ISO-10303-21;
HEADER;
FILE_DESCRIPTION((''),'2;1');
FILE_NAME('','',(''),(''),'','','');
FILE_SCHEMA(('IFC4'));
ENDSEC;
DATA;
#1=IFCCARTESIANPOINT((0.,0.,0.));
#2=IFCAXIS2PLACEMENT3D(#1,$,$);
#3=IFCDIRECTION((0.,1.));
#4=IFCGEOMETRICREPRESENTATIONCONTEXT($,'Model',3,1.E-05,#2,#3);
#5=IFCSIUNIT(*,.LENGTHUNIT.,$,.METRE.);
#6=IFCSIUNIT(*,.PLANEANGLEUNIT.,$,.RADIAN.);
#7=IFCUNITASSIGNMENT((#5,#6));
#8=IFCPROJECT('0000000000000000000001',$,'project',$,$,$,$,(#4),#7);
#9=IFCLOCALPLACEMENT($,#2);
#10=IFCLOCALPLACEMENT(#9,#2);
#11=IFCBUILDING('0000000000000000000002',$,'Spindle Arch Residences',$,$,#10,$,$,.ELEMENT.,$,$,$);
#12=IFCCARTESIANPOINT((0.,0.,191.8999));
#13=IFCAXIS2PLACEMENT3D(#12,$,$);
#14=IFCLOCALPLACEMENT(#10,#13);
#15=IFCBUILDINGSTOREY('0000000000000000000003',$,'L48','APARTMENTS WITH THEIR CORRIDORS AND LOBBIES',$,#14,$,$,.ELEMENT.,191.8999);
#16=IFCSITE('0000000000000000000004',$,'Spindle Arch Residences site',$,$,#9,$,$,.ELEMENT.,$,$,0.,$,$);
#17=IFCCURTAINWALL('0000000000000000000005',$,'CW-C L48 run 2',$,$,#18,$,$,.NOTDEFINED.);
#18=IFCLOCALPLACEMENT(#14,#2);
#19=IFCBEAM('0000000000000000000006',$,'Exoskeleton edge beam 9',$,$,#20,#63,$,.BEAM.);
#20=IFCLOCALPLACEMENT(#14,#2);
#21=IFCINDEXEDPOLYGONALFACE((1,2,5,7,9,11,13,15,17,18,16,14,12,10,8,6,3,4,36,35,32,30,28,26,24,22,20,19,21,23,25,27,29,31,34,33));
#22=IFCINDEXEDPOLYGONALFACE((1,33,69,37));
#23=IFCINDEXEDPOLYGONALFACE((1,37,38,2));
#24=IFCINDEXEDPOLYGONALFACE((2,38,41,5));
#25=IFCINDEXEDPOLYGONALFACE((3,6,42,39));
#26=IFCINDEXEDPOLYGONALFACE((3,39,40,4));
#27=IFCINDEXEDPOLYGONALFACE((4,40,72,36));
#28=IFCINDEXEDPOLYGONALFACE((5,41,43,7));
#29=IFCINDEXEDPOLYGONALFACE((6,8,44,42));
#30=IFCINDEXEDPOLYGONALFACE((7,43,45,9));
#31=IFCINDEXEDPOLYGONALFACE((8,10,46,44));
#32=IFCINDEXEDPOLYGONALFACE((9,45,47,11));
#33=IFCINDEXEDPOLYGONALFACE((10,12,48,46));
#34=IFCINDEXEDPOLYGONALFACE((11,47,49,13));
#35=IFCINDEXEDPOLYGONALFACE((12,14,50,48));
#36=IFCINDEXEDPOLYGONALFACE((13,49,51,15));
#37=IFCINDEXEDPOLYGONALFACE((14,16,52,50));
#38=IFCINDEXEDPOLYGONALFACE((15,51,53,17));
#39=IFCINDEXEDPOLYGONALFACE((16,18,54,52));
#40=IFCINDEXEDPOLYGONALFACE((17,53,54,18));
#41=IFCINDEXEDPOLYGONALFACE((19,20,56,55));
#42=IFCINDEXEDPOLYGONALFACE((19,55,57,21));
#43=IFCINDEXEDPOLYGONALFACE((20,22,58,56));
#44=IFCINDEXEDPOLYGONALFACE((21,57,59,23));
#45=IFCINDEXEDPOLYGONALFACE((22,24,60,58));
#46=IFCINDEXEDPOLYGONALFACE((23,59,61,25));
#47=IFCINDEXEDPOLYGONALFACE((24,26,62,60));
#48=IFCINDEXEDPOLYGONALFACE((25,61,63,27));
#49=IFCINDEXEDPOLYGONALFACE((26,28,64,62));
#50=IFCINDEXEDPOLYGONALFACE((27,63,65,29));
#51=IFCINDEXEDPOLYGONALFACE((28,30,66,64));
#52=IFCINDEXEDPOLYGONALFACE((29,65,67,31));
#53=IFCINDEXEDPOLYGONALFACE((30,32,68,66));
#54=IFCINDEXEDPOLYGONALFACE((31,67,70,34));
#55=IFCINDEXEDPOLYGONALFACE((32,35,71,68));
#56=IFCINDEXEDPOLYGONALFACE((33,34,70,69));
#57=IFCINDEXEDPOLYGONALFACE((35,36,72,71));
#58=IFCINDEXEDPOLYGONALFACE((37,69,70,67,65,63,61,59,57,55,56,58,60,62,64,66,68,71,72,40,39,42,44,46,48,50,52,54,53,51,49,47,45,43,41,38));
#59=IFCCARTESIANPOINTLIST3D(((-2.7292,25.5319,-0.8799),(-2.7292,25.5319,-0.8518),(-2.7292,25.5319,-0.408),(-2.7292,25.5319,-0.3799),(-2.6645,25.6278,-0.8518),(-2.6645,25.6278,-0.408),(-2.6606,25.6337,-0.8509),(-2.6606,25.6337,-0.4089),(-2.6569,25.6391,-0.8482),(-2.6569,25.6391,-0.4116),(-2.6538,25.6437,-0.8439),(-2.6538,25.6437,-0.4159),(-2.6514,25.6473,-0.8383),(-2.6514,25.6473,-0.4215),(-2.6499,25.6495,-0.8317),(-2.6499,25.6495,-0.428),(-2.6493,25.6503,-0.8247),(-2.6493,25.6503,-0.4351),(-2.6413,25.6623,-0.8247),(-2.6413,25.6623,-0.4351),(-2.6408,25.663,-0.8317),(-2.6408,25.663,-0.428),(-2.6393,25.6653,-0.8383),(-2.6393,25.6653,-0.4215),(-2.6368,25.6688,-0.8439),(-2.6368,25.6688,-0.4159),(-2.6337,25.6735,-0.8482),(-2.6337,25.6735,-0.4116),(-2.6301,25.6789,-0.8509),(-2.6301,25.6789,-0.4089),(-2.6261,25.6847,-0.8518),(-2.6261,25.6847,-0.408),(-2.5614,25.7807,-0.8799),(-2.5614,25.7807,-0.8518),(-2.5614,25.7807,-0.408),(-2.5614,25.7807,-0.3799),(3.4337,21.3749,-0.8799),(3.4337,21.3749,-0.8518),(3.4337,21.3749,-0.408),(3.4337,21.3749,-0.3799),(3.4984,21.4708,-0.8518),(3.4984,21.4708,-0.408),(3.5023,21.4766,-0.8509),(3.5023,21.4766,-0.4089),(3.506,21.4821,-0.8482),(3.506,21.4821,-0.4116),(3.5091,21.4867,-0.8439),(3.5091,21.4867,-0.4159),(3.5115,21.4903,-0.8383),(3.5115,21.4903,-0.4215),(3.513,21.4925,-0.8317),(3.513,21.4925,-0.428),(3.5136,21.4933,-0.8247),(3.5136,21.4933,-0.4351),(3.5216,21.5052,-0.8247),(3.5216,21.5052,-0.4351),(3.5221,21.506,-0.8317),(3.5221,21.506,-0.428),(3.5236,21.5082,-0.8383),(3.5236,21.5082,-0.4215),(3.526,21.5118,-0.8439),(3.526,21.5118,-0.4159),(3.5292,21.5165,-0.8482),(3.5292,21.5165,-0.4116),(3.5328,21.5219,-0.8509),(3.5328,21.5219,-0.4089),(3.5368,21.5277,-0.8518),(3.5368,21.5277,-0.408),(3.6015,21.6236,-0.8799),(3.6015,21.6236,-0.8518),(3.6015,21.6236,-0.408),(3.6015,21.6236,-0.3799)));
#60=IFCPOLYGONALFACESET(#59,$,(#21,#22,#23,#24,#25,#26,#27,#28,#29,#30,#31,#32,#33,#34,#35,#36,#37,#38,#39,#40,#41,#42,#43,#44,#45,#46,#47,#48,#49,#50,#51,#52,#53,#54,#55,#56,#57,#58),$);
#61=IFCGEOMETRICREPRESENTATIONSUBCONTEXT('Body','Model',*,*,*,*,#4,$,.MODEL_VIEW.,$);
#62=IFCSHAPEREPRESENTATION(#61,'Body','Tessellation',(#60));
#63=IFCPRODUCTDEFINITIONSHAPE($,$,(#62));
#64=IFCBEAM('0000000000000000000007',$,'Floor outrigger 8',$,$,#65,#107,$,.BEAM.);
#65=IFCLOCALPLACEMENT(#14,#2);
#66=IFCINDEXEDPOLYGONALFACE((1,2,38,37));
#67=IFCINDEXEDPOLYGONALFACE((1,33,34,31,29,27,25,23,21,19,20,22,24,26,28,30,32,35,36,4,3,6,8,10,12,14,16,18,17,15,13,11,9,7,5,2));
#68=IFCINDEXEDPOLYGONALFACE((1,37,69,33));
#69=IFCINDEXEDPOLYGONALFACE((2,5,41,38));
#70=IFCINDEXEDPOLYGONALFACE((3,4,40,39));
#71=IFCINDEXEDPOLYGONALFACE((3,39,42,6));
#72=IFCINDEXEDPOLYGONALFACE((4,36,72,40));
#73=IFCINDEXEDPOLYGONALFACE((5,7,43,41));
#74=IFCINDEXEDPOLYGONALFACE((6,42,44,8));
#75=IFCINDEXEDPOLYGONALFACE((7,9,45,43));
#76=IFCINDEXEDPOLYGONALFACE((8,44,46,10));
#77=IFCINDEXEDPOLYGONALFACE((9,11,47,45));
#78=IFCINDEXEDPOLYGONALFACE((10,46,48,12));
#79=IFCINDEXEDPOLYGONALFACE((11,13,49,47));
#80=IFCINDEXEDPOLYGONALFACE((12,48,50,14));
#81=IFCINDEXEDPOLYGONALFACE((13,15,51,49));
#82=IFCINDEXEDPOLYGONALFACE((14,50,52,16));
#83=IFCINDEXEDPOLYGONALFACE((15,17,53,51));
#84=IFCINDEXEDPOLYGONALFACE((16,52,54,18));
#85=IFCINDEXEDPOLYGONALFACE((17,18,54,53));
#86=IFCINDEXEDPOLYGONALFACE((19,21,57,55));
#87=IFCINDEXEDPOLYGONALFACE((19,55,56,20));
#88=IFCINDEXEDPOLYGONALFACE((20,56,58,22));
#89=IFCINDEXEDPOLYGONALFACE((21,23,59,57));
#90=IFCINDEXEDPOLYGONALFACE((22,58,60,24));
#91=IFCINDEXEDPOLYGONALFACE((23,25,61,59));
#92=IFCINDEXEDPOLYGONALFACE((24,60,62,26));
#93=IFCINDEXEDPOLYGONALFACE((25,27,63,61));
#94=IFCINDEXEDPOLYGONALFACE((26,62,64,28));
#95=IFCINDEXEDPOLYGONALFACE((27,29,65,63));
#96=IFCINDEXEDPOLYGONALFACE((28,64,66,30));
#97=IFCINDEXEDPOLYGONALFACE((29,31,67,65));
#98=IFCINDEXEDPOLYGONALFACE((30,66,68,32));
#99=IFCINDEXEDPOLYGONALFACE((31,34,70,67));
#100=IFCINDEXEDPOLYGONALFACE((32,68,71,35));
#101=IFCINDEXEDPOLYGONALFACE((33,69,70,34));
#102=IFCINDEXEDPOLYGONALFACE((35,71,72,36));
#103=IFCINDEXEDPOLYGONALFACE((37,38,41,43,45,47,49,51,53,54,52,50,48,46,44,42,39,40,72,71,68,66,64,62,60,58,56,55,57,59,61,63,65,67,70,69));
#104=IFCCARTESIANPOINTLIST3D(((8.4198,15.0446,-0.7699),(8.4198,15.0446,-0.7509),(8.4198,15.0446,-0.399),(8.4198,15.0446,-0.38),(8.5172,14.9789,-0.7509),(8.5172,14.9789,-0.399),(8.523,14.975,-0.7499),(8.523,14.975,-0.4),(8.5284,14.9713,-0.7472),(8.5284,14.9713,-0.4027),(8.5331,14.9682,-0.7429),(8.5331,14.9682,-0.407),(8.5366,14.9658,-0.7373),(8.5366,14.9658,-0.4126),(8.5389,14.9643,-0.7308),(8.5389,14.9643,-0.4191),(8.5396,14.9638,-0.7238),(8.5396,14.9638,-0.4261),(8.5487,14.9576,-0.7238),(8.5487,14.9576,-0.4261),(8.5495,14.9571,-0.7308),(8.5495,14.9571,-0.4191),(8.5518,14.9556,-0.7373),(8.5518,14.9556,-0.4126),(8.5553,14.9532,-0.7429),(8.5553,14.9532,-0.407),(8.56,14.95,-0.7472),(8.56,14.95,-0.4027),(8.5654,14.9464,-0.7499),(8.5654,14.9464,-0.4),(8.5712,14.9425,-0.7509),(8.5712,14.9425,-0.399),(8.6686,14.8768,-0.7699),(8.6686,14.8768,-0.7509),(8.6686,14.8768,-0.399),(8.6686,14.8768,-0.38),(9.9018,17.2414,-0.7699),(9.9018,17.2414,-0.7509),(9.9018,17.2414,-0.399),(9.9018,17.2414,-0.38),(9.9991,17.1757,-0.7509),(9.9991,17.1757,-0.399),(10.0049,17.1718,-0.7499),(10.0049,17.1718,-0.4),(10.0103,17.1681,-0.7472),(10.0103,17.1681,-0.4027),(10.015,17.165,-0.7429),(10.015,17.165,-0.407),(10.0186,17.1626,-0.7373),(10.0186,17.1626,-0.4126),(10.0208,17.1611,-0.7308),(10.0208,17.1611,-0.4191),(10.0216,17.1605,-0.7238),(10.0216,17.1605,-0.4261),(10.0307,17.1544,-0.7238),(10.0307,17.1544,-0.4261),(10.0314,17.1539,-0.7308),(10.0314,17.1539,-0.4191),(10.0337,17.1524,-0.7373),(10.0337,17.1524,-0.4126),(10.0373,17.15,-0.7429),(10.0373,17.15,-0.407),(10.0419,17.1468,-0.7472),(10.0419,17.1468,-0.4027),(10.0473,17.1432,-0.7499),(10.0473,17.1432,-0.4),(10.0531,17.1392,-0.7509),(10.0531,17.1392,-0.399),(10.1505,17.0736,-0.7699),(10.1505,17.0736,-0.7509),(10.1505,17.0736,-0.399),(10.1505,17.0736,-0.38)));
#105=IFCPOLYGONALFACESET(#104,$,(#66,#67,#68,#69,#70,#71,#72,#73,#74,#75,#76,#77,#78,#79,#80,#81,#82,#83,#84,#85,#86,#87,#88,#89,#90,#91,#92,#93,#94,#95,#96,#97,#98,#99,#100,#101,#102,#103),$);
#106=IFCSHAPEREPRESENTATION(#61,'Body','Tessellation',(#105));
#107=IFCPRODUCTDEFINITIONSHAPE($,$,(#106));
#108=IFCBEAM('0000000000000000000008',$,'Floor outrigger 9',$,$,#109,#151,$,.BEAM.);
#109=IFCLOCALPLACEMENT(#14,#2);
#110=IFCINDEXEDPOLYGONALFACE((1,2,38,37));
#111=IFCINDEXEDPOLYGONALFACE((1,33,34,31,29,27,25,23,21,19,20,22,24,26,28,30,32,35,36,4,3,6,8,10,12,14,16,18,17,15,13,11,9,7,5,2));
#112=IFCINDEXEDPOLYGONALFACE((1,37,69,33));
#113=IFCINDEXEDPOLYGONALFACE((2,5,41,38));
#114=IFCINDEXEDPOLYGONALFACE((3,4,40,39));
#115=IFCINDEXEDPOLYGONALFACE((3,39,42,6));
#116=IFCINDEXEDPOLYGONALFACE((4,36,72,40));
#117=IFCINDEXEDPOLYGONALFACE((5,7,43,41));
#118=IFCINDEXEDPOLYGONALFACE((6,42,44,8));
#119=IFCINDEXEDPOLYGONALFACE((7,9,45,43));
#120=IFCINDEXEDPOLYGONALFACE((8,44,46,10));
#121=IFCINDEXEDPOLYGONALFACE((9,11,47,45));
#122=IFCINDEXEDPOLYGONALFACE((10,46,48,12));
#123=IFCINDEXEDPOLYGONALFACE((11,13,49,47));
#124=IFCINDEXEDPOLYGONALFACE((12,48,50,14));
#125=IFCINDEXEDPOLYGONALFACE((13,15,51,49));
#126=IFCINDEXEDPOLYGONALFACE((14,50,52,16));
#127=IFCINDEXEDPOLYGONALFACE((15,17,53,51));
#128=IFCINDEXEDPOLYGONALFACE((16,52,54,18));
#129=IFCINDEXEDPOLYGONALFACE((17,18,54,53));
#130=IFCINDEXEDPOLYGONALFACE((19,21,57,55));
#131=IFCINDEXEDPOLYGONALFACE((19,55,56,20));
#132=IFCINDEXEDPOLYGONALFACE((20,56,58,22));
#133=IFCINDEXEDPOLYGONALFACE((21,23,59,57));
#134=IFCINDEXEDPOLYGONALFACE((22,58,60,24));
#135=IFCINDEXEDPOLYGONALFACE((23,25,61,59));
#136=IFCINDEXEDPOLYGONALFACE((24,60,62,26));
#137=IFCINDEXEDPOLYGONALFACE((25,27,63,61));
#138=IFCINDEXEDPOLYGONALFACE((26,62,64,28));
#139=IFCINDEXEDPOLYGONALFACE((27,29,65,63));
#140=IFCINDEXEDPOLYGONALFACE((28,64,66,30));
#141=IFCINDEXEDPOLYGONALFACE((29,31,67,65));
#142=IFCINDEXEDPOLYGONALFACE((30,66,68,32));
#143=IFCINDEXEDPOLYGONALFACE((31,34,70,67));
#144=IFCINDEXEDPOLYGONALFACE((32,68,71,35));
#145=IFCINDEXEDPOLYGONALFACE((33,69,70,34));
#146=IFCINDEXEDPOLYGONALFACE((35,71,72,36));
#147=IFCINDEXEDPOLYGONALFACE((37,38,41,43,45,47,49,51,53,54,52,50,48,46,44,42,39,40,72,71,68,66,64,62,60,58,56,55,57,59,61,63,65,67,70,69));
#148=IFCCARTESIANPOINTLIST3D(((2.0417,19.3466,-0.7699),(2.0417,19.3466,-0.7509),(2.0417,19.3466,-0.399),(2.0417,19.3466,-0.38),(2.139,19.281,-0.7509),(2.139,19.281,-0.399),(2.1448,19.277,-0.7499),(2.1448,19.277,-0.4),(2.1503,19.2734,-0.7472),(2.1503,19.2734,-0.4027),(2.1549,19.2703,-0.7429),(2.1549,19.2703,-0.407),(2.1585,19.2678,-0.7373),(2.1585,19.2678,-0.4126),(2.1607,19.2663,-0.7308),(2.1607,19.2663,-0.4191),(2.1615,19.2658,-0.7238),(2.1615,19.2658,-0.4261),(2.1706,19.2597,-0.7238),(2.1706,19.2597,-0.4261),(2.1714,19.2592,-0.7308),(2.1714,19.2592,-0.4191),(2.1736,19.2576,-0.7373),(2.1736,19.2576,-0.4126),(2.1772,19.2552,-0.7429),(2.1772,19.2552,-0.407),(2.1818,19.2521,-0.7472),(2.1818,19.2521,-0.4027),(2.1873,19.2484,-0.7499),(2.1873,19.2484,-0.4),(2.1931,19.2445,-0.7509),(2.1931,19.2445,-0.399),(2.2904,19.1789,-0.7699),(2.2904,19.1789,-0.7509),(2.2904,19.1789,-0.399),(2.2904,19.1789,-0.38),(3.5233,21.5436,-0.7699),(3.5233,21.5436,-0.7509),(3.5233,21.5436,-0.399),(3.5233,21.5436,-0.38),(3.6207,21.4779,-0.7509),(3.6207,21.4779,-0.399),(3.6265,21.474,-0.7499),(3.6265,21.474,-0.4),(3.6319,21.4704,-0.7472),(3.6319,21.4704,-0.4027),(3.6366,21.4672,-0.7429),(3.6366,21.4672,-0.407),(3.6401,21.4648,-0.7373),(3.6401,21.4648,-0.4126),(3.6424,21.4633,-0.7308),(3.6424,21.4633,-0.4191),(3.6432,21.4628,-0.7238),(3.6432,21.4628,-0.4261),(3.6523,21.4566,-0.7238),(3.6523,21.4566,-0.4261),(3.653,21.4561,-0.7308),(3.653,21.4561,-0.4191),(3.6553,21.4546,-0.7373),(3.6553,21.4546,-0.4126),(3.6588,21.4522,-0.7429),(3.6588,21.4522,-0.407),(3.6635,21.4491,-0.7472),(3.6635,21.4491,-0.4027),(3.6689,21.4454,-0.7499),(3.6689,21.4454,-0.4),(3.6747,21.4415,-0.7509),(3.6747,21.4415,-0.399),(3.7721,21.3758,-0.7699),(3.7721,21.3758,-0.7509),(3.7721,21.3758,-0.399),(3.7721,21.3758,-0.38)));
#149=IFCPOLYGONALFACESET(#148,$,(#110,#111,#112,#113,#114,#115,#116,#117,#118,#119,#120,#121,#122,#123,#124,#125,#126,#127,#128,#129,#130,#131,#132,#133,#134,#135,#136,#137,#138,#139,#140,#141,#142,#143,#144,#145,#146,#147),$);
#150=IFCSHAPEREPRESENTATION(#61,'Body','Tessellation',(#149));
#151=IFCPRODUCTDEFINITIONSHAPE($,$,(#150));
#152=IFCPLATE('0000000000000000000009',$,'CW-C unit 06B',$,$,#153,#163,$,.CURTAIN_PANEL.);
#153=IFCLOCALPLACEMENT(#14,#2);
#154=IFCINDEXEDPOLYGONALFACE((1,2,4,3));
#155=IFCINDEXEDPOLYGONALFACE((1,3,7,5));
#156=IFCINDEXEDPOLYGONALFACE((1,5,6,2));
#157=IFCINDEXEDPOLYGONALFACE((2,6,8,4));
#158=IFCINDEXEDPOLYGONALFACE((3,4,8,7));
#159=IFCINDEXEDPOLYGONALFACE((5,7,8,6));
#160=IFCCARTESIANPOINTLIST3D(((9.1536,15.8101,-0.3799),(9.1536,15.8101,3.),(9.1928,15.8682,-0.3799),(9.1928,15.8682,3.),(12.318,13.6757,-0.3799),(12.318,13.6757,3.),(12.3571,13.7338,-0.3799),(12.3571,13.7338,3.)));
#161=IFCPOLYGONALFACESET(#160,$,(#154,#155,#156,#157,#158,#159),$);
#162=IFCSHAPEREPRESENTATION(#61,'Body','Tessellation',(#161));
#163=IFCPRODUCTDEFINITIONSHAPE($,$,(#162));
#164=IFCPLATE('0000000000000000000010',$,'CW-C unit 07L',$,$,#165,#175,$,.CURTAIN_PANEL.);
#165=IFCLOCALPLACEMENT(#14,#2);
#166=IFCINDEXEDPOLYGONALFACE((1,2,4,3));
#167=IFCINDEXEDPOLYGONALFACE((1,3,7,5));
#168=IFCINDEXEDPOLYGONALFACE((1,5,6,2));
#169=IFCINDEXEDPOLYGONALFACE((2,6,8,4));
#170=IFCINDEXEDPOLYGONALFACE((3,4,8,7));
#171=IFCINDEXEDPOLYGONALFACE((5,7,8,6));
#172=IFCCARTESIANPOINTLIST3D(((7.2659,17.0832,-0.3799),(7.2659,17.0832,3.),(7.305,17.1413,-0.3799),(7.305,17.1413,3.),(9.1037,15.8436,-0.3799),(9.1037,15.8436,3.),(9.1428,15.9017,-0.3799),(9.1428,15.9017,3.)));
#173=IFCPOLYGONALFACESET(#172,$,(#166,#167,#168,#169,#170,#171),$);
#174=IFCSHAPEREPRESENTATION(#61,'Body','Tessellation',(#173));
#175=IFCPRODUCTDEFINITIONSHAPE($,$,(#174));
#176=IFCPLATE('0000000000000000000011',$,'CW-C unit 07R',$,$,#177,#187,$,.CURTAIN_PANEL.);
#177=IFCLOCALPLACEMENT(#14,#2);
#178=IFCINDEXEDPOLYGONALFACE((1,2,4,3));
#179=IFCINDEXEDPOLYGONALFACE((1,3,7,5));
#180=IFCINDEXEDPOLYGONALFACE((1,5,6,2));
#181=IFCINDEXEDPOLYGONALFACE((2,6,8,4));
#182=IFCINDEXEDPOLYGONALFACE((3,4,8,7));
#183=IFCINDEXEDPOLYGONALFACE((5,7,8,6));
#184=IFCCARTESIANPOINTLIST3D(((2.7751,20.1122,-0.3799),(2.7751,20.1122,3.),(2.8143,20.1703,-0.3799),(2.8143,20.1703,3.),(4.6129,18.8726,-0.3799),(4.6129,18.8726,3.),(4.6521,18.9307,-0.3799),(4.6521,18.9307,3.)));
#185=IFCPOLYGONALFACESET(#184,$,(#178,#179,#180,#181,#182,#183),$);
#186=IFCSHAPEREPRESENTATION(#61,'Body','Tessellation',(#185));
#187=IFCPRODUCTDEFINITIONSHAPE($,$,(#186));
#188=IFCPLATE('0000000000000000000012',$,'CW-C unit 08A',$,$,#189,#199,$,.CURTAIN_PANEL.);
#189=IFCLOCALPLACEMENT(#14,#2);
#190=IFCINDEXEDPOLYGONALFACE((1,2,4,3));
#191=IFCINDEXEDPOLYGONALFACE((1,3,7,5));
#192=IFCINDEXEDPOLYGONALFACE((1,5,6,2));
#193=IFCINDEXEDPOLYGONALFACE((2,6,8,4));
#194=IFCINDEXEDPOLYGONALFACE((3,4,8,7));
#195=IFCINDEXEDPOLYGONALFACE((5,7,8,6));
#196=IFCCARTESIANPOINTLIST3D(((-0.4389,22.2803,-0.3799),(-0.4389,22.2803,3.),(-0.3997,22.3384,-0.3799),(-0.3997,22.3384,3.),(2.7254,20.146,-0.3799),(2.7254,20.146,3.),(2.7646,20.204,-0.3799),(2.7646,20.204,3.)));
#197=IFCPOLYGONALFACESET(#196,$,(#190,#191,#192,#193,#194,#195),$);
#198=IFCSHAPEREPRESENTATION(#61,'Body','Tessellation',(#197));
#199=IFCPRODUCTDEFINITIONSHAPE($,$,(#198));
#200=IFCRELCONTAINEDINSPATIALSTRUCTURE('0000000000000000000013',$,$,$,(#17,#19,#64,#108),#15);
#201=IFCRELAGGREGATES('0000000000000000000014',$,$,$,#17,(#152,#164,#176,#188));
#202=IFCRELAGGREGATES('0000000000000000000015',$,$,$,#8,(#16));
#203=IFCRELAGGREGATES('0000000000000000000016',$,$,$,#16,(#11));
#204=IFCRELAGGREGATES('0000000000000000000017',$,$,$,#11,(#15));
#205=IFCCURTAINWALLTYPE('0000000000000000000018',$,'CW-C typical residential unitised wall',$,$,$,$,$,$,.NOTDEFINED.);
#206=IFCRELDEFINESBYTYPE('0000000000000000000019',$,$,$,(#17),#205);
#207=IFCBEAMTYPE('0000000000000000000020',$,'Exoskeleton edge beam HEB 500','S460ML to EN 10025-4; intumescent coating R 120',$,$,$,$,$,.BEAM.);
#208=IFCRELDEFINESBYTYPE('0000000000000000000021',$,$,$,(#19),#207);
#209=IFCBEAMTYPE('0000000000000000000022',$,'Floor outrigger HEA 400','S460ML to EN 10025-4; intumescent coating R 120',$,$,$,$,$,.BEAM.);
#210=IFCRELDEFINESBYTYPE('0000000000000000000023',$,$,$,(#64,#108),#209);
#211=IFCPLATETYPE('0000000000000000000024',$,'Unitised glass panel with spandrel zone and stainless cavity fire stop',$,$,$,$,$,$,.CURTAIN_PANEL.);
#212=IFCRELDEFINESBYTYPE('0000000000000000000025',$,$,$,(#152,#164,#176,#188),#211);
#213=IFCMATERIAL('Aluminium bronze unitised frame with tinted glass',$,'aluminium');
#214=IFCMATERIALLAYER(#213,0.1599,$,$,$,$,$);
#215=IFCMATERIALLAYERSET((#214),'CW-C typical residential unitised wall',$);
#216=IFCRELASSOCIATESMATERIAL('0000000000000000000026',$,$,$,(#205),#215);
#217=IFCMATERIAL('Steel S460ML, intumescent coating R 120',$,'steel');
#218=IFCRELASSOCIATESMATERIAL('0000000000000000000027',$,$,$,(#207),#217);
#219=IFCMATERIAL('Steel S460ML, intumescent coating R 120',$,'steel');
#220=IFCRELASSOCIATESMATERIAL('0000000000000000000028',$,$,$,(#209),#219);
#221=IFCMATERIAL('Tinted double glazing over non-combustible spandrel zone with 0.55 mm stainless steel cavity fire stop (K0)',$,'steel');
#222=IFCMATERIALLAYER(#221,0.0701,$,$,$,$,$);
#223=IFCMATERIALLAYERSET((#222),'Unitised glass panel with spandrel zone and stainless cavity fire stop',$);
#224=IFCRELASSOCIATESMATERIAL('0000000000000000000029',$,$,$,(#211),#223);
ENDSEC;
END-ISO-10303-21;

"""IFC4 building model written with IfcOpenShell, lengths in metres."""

from ifc_helpers import new_model, si_unit, direction, frame, origin, origin_2d, place, context, subcontext, project, spatial, rectangle, i_section, extrude, material, layer, layer_set, material_profile, profile_set, type_object, element, aggregate, save


model = new_model("IFC4")

# Units and contexts
model_context = context("Model", 3, precision=1e-05, world=origin(), true_north=direction((0.0, 1.0)))
body_context = subcontext(model_context, "Body", "Model", "MODEL_VIEW")
ifc_project = project(units=[si_unit("LENGTHUNIT", "METRE"), si_unit("PLANEANGLEUNIT", "RADIAN")], contexts=[model_context])

# Site, building, storey
site_placement = place(None, origin())
site = spatial("IfcSite", under=ifc_project, at=site_placement, Name="Spindle Arch Residences site", CompositionType="ELEMENT", RefElevation=0.0)
building_placement = place(site_placement, origin())
building = spatial("IfcBuilding", under=site, at=building_placement, Name="Spindle Arch Residences", CompositionType="ELEMENT")
storey_placement = place(building_placement, frame((0.0, 0.0, 191.8999)))
storey = spatial("IfcBuildingStorey", under=building, at=storey_placement, Name="L48", Description="APARTMENTS WITH THEIR CORRIDORS AND LOBBIES", CompositionType="ELEMENT", Elevation=191.8999)

# Curtain wall
ifc_material_1 = material(Name="Aluminium bronze unitised frame with tinted glass", Category="aluminium")
ifc_layer_1 = layer(ifc_material_1, 0.1599)
ifc_layer_set_1 = layer_set([ifc_layer_1], Name="CW-C typical residential unitised wall")
curtain_wall_type = type_object("IfcCurtainWallType", Name="CW-C typical residential unitised wall", PredefinedType="NOTDEFINED", material=ifc_layer_set_1)
curtain_wall_placement = place(storey_placement, origin())
curtain_wall = element("IfcCurtainWall", 1, at=curtain_wall_placement, inside=storey, type_object=curtain_wall_type, Name="CW-C L48 run 2", PredefinedType="NOTDEFINED")

# Beams
ifc_material_2 = material(Name="Steel S460ML, intumescent coating R 120", Category="steel")
ifc_material_profile_1 = material_profile(ifc_material_2, i_section(OverallWidth=0.3, OverallDepth=0.5, WebThickness=0.0144, FlangeThickness=0.0281, FilletRadius=0.0271, at=origin_2d()), Name="HEB 500")
ifc_profile_set_1 = profile_set([ifc_material_profile_1], Name="Steel S460ML, intumescent coating R 120")
beam_type_1 = type_object("IfcBeamType", Name="Exoskeleton edge beam HEB 500", Description="S460ML to EN 10025-4; intumescent coating R 120", PredefinedType="BEAM", material=ifc_profile_set_1)
for number, where, z_axis, x_axis, name in (
    (2, (3.5176, 21.4993, -0.6299), (-0.829032, 0.559202, 0.0), (-0.559202, -0.829032, 0.0), "Exoskeleton edge beam 9"),
):
    element("IfcBeam", number, at=place(storey_placement, frame(where, z_axis=z_axis, x_axis=x_axis)), inside=storey, type_object=beam_type_1, Name=name, PredefinedType="BEAM", context=body_context, shape_type="SweptSolid", body=[
        extrude(i_section(OverallWidth=0.3, OverallDepth=0.5, WebThickness=0.0144, FlangeThickness=0.0281, FilletRadius=0.0271, at=origin_2d()), origin(), (0.0, 0.0, 1.0), 7.4338),
    ])
ifc_material_3 = material(Name="Steel S460ML, intumescent coating R 120", Category="steel")
ifc_material_profile_2 = material_profile(ifc_material_3, i_section(OverallWidth=0.3, OverallDepth=0.3899, WebThickness=0.011, FlangeThickness=0.019, FilletRadius=0.0271, at=origin_2d()), Name="HEA 400")
ifc_profile_set_2 = profile_set([ifc_material_profile_2], Name="Steel S460ML, intumescent coating R 120")
beam_type_2 = type_object("IfcBeamType", Name="Floor outrigger HEA 400", Description="S460ML to EN 10025-4; intumescent coating R 120", PredefinedType="BEAM", material=ifc_profile_set_2)
for number, where, z_axis, x_axis, name in (
    (3, (10.0261, 17.1575, -0.575), (-0.559242, -0.829005, 0.0), (0.829005, -0.559242, 0.0), "Floor outrigger 8"),
    (4, (3.6477, 21.4597, -0.575), (-0.559136, -0.829076, 0.0), (0.829076, -0.559136, 0.0), "Floor outrigger 9"),
):
    element("IfcBeam", number, at=place(storey_placement, frame(where, z_axis=z_axis, x_axis=x_axis)), inside=storey, type_object=beam_type_2, Name=name, PredefinedType="BEAM", context=body_context, shape_type="SweptSolid", body=[
        extrude(i_section(OverallWidth=0.3, OverallDepth=0.3899, WebThickness=0.011, FlangeThickness=0.019, FilletRadius=0.0271, at=origin_2d()), origin(), (0.0, 0.0, 1.0), 2.6499),
    ])

# Plates
ifc_material_4 = material(Name="Tinted double glazing over non-combustible spandrel zone with 0.55 mm stainless steel cavity fire stop (K0)", Category="steel")
ifc_layer_2 = layer(ifc_material_4, 0.0701)
ifc_layer_set_2 = layer_set([ifc_layer_2], Name="Unitised glass panel with spandrel zone and stainless cavity fire stop")
plate_type = type_object("IfcPlateType", Name="Unitised glass panel with spandrel zone and stainless cavity fire stop", PredefinedType="CURTAIN_PANEL", material=ifc_layer_set_2)
plate_1_placement = place(storey_placement, frame((10.7554, 14.772, -0.3799), z_axis=(0.0, 0.0, 1.0), x_axis=(-0.829038, 0.559193, 0.0)))
plate_1 = element("IfcPlate", 5, at=plate_1_placement, type_object=plate_type, Name="CW-C unit 06B", PredefinedType="CURTAIN_PANEL", context=body_context, shape_type="SweptSolid", body=[
    extrude(rectangle(XDim=3.8169, YDim=0.0701, at=origin_2d()), origin(), (0.0, 0.0, 1.0), 3.3799),
])
plate_2_placement = place(storey_placement, frame((8.2043, 16.4924, -0.3799), z_axis=(0.0, 0.0, 1.0), x_axis=(-0.829038, 0.559193, 0.0)))
plate_2 = element("IfcPlate", 6, at=plate_2_placement, type_object=plate_type, Name="CW-C unit 07L", PredefinedType="CURTAIN_PANEL", context=body_context, shape_type="SweptSolid", body=[
    extrude(rectangle(XDim=2.2168, YDim=0.0701, at=origin_2d()), origin(), (0.0, 0.0, 1.0), 3.3799),
])
plate_3_placement = place(storey_placement, frame((3.7136, 19.5215, -0.3799), z_axis=(0.0, 0.0, 1.0), x_axis=(-0.829038, 0.559193, 0.0)))
plate_3 = element("IfcPlate", 7, at=plate_3_placement, type_object=plate_type, Name="CW-C unit 07R", PredefinedType="CURTAIN_PANEL", context=body_context, shape_type="SweptSolid", body=[
    extrude(rectangle(XDim=2.2168, YDim=0.0701, at=origin_2d()), origin(), (0.0, 0.0, 1.0), 3.3799),
])
plate_4_placement = place(storey_placement, frame((1.1628, 21.2422, -0.3799), z_axis=(0.0, 0.0, 1.0), x_axis=(-0.829038, 0.559193, 0.0)))
plate_4 = element("IfcPlate", 8, at=plate_4_placement, type_object=plate_type, Name="CW-C unit 08A", PredefinedType="CURTAIN_PANEL", context=body_context, shape_type="SweptSolid", body=[
    extrude(rectangle(XDim=3.8169, YDim=0.0701, at=origin_2d()), origin(), (0.0, 0.0, 1.0), 3.3799),
])
aggregate(curtain_wall, [plate_1, plate_2, plate_3, plate_4])

save(model, "model.ifc")
